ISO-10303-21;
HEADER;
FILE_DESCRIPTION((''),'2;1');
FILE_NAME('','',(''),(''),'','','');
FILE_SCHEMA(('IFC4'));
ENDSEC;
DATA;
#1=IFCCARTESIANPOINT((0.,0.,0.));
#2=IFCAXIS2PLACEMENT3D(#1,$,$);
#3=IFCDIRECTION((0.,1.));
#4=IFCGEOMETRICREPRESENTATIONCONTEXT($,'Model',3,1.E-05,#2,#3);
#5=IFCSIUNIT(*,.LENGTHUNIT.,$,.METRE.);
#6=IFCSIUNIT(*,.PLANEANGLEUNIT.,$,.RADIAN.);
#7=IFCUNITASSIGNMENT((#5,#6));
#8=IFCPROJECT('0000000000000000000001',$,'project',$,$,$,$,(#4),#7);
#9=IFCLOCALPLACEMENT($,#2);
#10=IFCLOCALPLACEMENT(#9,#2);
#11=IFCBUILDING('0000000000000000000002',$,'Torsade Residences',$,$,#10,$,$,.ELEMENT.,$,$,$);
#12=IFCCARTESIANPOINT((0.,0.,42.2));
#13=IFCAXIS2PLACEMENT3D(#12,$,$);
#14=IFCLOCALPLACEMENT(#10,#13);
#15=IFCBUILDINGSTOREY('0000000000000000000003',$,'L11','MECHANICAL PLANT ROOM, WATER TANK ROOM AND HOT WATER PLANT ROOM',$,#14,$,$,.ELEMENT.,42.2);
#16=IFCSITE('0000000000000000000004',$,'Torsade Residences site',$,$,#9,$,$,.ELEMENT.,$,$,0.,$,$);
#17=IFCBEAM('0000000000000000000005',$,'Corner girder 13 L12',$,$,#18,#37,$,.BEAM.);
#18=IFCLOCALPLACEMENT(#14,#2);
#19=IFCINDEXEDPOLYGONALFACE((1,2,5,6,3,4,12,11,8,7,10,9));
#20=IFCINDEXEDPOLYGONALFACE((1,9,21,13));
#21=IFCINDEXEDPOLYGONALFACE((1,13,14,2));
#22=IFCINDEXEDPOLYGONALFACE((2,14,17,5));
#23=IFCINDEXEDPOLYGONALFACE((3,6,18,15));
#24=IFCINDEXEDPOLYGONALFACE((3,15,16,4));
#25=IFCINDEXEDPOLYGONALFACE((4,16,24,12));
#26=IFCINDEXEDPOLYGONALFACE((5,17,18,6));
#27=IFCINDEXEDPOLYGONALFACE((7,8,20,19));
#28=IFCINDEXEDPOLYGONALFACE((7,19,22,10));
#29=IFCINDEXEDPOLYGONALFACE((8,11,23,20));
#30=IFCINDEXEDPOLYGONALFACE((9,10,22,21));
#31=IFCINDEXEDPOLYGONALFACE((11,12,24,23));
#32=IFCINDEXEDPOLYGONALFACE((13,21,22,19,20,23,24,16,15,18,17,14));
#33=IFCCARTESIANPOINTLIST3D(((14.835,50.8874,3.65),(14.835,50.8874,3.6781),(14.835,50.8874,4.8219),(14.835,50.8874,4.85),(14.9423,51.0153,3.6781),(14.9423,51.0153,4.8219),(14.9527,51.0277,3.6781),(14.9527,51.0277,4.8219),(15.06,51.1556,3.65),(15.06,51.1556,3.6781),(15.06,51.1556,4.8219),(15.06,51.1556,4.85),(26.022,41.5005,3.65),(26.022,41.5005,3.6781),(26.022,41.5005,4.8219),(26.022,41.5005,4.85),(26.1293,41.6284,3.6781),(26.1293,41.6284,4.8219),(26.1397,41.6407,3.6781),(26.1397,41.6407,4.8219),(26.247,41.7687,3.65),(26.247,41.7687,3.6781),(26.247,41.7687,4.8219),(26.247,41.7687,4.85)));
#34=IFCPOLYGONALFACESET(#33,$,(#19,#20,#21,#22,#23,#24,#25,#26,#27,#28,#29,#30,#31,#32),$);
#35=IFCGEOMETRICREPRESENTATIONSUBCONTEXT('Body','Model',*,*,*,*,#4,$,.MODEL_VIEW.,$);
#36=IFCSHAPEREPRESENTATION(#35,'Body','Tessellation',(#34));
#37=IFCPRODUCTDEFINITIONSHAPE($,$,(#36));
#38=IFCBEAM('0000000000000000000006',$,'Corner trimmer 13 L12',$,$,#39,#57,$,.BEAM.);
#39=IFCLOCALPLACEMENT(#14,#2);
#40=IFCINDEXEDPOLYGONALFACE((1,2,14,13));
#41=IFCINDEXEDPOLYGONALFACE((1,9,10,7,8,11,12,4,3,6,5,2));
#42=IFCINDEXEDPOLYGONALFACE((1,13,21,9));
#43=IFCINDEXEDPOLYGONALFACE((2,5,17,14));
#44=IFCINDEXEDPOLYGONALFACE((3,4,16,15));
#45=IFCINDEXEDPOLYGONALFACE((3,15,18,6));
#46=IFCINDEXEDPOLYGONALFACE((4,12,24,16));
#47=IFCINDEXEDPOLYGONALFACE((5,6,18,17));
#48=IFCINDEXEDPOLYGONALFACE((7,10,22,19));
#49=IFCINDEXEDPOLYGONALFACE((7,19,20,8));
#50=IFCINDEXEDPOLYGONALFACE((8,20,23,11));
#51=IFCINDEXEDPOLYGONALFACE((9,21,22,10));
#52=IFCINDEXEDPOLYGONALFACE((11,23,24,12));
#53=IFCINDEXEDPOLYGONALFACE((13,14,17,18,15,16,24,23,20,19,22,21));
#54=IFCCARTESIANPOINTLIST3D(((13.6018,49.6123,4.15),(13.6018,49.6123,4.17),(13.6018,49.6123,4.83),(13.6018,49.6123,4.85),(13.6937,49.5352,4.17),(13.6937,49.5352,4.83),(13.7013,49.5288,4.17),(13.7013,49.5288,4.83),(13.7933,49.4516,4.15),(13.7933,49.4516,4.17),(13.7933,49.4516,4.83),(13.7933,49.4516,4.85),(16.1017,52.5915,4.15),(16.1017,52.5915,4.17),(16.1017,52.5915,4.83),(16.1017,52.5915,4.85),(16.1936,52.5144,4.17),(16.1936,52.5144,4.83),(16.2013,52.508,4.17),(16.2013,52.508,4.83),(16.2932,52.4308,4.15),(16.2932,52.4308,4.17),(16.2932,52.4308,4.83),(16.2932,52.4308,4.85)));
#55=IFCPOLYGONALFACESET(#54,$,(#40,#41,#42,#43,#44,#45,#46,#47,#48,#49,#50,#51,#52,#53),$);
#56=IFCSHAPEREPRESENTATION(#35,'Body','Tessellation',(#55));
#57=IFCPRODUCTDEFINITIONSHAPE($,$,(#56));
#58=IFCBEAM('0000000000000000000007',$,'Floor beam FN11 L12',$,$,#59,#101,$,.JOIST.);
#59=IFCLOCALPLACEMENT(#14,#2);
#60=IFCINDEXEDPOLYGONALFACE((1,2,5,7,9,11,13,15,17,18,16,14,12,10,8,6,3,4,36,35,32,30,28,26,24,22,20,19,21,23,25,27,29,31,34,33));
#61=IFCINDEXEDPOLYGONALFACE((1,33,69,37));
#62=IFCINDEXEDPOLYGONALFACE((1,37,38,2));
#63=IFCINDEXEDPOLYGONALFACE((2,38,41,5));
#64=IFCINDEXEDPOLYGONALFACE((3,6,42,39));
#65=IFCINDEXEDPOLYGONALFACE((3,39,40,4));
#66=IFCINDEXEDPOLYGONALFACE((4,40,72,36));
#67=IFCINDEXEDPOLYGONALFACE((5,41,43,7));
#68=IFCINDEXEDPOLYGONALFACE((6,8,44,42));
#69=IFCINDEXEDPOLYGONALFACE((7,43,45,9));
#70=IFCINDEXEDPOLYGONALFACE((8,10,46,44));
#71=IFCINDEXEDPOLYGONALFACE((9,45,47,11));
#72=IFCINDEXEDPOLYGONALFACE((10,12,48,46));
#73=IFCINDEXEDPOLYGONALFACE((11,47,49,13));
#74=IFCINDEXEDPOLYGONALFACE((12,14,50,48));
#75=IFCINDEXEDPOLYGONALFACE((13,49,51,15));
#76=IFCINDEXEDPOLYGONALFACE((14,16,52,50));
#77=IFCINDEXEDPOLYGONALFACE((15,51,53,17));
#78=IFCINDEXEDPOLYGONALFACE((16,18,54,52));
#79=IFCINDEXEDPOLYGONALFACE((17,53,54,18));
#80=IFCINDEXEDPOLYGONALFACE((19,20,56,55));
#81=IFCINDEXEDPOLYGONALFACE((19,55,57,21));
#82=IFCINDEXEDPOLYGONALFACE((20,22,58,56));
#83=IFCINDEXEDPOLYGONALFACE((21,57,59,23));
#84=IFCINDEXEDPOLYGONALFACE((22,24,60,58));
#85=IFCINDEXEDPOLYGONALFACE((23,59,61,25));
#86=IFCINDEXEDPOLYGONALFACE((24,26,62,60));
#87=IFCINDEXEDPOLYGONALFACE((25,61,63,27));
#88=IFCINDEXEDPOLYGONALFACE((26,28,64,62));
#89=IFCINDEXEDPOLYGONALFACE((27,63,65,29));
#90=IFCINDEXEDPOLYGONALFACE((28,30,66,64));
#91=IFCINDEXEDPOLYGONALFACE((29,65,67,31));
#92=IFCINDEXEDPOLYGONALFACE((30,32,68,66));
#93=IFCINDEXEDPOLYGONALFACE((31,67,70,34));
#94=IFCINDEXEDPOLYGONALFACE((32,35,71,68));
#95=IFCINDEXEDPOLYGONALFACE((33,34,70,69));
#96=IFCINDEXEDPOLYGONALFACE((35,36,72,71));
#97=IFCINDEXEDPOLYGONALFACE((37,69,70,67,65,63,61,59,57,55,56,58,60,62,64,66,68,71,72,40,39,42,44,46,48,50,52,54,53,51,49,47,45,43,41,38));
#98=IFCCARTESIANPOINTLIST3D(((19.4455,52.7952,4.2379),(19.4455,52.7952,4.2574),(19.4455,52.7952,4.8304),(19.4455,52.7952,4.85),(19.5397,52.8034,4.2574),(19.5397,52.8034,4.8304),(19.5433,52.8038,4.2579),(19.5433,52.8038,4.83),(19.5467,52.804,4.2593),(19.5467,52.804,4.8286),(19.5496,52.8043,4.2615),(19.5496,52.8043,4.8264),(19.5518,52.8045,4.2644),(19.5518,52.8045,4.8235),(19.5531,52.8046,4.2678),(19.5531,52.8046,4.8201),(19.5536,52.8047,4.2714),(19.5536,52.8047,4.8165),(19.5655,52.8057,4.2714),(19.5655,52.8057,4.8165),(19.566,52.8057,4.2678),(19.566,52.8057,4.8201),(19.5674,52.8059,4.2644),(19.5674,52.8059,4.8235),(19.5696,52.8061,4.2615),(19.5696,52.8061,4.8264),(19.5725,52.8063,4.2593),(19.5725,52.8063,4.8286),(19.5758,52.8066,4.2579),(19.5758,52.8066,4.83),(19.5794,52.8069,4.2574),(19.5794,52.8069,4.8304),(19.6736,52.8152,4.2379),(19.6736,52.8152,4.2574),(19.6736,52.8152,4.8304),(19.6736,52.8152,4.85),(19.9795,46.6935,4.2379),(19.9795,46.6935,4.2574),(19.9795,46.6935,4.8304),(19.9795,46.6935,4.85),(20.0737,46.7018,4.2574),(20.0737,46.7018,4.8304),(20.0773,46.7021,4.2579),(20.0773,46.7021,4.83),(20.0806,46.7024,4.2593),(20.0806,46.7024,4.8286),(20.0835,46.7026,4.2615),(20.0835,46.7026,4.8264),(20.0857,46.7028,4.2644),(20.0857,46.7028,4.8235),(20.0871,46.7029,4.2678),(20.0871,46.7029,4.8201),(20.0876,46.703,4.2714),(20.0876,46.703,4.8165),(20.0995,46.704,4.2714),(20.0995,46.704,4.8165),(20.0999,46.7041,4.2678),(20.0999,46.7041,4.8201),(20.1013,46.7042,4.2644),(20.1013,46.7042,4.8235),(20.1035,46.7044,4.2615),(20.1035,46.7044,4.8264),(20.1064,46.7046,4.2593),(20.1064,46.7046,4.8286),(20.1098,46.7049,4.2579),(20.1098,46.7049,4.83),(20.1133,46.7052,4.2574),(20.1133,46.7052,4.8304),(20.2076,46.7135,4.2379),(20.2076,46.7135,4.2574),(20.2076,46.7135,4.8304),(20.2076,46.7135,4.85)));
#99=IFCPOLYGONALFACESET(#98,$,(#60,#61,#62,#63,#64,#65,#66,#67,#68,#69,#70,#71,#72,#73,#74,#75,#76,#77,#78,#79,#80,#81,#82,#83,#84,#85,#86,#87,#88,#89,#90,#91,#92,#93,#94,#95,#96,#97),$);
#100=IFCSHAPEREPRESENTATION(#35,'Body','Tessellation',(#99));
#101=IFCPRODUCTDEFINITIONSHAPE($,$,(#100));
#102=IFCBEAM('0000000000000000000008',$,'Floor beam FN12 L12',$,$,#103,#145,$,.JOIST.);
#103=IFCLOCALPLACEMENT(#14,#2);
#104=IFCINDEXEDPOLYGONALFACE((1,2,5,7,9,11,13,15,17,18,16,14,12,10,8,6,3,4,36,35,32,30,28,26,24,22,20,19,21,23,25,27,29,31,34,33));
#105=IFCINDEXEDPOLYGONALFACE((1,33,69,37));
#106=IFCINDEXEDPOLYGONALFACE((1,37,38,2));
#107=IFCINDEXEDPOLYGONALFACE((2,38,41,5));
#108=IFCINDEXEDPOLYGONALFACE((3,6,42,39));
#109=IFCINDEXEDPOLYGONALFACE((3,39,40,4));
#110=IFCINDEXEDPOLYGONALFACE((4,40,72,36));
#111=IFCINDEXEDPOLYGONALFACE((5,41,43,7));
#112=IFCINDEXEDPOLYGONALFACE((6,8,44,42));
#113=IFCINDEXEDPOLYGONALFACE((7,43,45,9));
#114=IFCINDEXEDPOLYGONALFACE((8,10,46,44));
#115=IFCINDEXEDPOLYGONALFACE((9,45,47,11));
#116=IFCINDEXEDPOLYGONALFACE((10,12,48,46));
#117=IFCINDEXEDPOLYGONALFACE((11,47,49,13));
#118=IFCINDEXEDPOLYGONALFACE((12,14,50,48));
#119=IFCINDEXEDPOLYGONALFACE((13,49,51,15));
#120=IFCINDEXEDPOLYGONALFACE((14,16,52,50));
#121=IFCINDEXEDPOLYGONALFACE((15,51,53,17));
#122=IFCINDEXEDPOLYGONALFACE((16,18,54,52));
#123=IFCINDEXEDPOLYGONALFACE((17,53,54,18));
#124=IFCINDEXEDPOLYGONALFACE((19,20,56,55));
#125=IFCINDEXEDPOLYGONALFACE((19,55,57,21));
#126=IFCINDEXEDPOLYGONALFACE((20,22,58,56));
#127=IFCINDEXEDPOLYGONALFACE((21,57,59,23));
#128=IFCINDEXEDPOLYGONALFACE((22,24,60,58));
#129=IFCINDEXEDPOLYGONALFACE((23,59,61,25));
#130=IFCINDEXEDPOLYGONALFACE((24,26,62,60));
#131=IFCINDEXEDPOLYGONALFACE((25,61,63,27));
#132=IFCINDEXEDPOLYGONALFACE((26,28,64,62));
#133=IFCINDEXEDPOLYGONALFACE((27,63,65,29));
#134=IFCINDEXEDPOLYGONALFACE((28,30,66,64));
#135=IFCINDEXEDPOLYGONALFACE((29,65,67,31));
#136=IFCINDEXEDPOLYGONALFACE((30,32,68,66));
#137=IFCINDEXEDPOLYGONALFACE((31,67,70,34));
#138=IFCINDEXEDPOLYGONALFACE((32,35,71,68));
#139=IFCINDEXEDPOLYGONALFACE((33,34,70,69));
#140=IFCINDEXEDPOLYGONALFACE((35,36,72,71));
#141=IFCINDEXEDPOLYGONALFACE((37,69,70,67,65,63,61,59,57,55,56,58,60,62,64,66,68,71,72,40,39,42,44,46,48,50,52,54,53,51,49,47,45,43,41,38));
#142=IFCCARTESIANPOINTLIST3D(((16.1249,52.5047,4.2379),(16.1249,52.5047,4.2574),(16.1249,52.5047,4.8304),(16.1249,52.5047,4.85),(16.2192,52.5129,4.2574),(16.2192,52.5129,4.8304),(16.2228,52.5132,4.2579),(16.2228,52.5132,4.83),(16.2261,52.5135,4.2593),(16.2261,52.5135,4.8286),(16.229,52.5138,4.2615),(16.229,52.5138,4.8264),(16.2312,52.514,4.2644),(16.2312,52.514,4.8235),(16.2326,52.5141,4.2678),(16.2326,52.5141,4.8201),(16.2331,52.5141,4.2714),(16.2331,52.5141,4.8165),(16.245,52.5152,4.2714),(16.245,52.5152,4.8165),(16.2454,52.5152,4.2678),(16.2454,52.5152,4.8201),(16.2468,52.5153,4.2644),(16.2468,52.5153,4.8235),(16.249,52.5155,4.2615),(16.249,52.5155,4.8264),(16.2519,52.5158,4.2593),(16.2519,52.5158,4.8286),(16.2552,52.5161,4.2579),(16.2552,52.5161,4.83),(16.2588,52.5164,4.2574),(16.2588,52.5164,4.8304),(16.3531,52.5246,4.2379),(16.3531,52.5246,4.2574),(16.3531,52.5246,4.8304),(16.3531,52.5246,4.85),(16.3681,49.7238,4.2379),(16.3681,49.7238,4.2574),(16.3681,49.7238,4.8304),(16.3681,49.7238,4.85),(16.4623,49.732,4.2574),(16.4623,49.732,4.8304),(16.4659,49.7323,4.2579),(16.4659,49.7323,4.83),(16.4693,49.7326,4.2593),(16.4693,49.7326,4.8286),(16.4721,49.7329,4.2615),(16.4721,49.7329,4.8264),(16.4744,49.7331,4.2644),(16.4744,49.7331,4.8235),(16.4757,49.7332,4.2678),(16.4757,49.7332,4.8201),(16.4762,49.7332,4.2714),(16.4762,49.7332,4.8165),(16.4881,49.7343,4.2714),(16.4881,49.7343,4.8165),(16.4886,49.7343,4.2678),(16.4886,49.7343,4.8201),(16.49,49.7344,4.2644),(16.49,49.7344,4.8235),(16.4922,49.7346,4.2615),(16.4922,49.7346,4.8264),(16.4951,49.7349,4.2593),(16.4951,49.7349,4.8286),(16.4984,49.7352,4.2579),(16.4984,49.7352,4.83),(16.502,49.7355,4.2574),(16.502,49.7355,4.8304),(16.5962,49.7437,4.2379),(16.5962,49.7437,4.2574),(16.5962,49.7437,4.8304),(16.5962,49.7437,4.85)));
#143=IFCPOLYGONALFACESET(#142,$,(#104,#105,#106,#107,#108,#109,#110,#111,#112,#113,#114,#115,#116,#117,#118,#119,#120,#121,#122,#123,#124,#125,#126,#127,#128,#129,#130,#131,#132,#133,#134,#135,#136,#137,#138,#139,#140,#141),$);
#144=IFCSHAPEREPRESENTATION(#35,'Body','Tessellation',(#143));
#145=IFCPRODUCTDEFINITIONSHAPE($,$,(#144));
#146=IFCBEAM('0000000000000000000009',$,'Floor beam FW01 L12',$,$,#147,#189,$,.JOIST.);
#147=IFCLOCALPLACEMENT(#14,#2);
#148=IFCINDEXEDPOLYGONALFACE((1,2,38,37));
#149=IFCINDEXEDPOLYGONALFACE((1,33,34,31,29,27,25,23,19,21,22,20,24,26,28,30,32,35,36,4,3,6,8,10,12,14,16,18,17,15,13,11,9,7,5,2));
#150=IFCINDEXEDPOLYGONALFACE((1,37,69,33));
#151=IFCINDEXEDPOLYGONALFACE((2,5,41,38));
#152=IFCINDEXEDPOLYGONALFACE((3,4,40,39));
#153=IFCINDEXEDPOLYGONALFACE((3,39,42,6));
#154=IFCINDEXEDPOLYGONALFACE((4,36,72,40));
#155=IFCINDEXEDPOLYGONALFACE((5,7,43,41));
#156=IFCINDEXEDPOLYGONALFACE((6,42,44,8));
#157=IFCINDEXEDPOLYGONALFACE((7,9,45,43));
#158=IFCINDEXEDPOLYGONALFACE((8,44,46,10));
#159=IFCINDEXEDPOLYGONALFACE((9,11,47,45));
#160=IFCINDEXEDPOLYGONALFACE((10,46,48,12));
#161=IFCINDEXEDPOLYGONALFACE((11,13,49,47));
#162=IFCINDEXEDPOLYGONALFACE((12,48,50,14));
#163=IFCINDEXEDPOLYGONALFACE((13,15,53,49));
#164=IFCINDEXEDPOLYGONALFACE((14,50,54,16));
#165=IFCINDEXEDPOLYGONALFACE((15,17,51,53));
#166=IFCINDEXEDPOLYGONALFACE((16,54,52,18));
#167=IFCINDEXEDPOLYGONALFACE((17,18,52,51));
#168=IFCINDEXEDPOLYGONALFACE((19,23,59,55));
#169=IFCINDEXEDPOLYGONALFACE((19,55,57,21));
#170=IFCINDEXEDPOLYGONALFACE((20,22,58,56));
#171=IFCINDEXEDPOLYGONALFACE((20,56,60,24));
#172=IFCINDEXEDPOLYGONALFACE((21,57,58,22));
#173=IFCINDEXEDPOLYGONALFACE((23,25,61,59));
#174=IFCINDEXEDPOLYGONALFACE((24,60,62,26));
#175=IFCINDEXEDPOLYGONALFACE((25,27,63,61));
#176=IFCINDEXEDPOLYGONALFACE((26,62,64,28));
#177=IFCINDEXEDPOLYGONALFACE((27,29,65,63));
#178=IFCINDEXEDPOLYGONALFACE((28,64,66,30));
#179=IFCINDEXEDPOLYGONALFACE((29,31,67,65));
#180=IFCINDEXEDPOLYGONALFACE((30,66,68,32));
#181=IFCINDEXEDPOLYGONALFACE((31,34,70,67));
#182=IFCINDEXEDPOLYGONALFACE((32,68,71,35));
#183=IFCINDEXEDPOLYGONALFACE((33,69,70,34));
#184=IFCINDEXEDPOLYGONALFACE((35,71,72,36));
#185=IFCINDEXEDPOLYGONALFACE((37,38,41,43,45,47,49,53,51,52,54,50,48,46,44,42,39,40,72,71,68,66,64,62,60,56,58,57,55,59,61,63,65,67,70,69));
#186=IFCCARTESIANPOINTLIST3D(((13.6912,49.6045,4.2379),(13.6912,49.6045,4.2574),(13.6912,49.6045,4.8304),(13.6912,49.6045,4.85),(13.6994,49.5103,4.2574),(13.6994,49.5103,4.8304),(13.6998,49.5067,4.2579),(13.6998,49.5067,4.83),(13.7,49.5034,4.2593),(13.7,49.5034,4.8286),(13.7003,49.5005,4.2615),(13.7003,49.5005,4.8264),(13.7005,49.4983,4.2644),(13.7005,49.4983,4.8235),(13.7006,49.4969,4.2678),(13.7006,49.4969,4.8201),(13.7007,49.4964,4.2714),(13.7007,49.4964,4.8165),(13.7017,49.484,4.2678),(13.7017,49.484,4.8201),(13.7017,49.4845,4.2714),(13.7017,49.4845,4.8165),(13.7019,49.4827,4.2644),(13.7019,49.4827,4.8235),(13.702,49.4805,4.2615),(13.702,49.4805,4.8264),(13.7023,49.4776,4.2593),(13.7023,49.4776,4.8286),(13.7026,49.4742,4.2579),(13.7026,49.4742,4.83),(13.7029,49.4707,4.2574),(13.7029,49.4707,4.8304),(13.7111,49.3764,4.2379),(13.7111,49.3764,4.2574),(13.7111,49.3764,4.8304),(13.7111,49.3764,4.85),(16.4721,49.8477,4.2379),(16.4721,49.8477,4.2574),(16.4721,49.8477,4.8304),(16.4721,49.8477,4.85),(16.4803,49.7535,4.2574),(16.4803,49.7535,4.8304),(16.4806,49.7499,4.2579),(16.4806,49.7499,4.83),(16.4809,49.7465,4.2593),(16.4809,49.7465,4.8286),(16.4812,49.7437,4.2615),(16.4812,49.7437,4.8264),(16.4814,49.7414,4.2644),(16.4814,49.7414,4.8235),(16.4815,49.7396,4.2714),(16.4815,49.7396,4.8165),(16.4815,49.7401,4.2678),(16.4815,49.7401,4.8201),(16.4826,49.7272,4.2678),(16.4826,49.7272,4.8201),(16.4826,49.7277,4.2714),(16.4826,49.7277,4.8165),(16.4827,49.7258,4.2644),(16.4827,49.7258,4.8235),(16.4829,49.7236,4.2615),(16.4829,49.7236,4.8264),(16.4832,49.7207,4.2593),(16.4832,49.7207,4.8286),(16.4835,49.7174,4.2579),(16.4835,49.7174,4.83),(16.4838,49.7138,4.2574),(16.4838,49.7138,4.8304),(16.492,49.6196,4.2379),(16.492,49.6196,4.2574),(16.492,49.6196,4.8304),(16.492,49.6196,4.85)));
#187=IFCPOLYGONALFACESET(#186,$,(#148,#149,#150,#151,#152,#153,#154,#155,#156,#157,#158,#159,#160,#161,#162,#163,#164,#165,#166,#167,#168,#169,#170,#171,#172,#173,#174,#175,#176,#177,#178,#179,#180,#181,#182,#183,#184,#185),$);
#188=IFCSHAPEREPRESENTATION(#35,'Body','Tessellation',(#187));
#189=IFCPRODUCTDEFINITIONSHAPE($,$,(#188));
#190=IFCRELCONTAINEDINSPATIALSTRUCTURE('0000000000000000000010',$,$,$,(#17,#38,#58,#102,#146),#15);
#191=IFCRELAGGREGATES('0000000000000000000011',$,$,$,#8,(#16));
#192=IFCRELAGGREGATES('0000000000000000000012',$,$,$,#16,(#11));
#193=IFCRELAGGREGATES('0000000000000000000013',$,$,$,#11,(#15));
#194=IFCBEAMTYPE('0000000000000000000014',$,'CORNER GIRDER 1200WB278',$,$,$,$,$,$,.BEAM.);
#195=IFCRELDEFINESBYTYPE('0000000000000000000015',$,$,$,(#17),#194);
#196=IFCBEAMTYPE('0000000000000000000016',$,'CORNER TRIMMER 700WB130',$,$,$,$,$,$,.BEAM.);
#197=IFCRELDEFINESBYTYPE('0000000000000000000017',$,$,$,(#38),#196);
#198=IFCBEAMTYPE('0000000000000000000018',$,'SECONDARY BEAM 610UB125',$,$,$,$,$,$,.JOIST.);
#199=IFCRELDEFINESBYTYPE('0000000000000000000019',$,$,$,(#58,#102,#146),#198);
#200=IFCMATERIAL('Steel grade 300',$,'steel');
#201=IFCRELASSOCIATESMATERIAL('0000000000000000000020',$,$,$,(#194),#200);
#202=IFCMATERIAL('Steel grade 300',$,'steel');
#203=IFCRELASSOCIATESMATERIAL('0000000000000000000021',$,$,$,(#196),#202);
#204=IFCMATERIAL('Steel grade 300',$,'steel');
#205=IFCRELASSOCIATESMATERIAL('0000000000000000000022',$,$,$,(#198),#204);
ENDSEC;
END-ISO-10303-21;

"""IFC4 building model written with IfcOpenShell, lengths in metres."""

from ifc_helpers import new_model, si_unit, direction, frame, origin, origin_2d, place, context, subcontext, project, spatial, i_section, extrude, material, material_profile, profile_set, type_object, element, save


model = new_model("IFC4")

# Units and contexts
model_context = context("Model", 3, precision=1e-05, world=origin(), true_north=direction((0.0, 1.0)))
body_context = subcontext(model_context, "Body", "Model", "MODEL_VIEW")
ifc_project = project(units=[si_unit("LENGTHUNIT", "METRE"), si_unit("PLANEANGLEUNIT", "RADIAN")], contexts=[model_context])

# Site, building, storey
site_placement = place(None, origin())
site = spatial("IfcSite", under=ifc_project, at=site_placement, Name="Torsade Residences site", CompositionType="ELEMENT", RefElevation=0.0)
building_placement = place(site_placement, origin())
building = spatial("IfcBuilding", under=site, at=building_placement, Name="Torsade Residences", CompositionType="ELEMENT")
storey_placement = place(building_placement, frame((0.0, 0.0, 42.2)))
storey = spatial("IfcBuildingStorey", under=building, at=storey_placement, Name="L11", Description="MECHANICAL PLANT ROOM, WATER TANK ROOM AND HOT WATER PLANT ROOM", CompositionType="ELEMENT", Elevation=42.2)

# Beams
ifc_material_1 = material(Name="Steel grade 300", Category="steel")
ifc_material_profile_1 = material_profile(ifc_material_1, i_section(OverallWidth=0.3501, OverallDepth=1.2, WebThickness=0.0161, FlangeThickness=0.0281, at=origin_2d()), Name="1200WB278")
ifc_profile_set_1 = profile_set([ifc_material_profile_1], Name="Steel grade 300")
beam_type_1 = type_object("IfcBeamType", Name="CORNER GIRDER 1200WB278", PredefinedType="BEAM", material=ifc_profile_set_1)
beam_1_placement = place(storey_placement, frame((14.9475, 51.0215, 4.25), z_axis=(0.766046, -0.642785, 0.0), x_axis=(0.642785, 0.766046, 0.0)))
element("IfcBeam", 1, at=beam_1_placement, inside=storey, type_object=beam_type_1, Name="Corner girder 13 L12", PredefinedType="BEAM", context=body_context, shape_type="SweptSolid", body=[
    extrude(i_section(OverallWidth=0.3501, OverallDepth=1.2, WebThickness=0.0161, FlangeThickness=0.0281, at=origin_2d()), origin(), (0.0, 0.0, 1.0), 14.6035),
])
ifc_material_2 = material(Name="Steel grade 300", Category="steel")
ifc_material_profile_2 = material_profile(ifc_material_2, i_section(OverallWidth=0.25, OverallDepth=0.7, WebThickness=0.01, FlangeThickness=0.02, at=origin_2d()), Name="700WB130")
ifc_profile_set_2 = profile_set([ifc_material_profile_2], Name="Steel grade 300")
beam_type_2 = type_object("IfcBeamType", Name="CORNER TRIMMER 700WB130", PredefinedType="BEAM", material=ifc_profile_set_2)
beam_2_placement = place(storey_placement, frame((13.6975, 49.532, 4.5), z_axis=(0.642805, 0.76603, 0.0), x_axis=(-0.76603, 0.642805, 0.0)))
element("IfcBeam", 2, at=beam_2_placement, inside=storey, type_object=beam_type_2, Name="Corner trimmer 13 L12", PredefinedType="BEAM", context=body_context, shape_type="SweptSolid", body=[
    extrude(i_section(OverallWidth=0.25, OverallDepth=0.7, WebThickness=0.01, FlangeThickness=0.02, at=origin_2d()), origin(), (0.0, 0.0, 1.0), 3.8892),
])
ifc_material_3 = material(Name="Steel grade 300", Category="steel")
ifc_material_profile_3 = material_profile(ifc_material_3, i_section(OverallWidth=0.229, OverallDepth=0.6121, WebThickness=0.012, FlangeThickness=0.0195, FilletRadius=0.0139, at=origin_2d()), Name="610UB125")
ifc_profile_set_3 = profile_set([ifc_material_profile_3], Name="Steel grade 300")
beam_type_3 = type_object("IfcBeamType", Name="SECONDARY BEAM 610UB125", PredefinedType="JOIST", material=ifc_profile_set_3)
beam_3_placement = place(storey_placement, frame((19.5596, 52.8052, 4.5439), z_axis=(0.087175, -0.996193, 0.0), x_axis=(0.996193, 0.087175, 0.0)))
element("IfcBeam", 3, at=beam_3_placement, inside=storey, type_object=beam_type_3, Name="Floor beam FN11 L12", PredefinedType="JOIST", context=body_context, shape_type="SweptSolid", body=[
    extrude(i_section(OverallWidth=0.229, OverallDepth=0.6121, WebThickness=0.012, FlangeThickness=0.0195, FilletRadius=0.0139, at=origin_2d()), origin(), (0.0, 0.0, 1.0), 6.125),
])
for number, where, z_axis, x_axis, name in (
    (4, (16.239, 52.5146, 4.5439), (0.087105, -0.996199, 0.0), (0.996199, 0.087105, 0.0), "Floor beam FN12 L12"),
    (5, (13.7012, 49.4905, 4.5439), (0.996199, 0.087105, 0.0), (-0.087105, 0.996199, 0.0), "Floor beam FW01 L12"),
):
    element("IfcBeam", number, at=place(storey_placement, frame(where, z_axis=z_axis, x_axis=x_axis)), inside=storey, type_object=beam_type_3, Name=name, PredefinedType="JOIST", context=body_context, shape_type="SweptSolid", body=[
        extrude(i_section(OverallWidth=0.229, OverallDepth=0.6121, WebThickness=0.012, FlangeThickness=0.0195, FilletRadius=0.0139, at=origin_2d()), origin(), (0.0, 0.0, 1.0), 2.7915),
    ])

save(model, "model.ifc")
